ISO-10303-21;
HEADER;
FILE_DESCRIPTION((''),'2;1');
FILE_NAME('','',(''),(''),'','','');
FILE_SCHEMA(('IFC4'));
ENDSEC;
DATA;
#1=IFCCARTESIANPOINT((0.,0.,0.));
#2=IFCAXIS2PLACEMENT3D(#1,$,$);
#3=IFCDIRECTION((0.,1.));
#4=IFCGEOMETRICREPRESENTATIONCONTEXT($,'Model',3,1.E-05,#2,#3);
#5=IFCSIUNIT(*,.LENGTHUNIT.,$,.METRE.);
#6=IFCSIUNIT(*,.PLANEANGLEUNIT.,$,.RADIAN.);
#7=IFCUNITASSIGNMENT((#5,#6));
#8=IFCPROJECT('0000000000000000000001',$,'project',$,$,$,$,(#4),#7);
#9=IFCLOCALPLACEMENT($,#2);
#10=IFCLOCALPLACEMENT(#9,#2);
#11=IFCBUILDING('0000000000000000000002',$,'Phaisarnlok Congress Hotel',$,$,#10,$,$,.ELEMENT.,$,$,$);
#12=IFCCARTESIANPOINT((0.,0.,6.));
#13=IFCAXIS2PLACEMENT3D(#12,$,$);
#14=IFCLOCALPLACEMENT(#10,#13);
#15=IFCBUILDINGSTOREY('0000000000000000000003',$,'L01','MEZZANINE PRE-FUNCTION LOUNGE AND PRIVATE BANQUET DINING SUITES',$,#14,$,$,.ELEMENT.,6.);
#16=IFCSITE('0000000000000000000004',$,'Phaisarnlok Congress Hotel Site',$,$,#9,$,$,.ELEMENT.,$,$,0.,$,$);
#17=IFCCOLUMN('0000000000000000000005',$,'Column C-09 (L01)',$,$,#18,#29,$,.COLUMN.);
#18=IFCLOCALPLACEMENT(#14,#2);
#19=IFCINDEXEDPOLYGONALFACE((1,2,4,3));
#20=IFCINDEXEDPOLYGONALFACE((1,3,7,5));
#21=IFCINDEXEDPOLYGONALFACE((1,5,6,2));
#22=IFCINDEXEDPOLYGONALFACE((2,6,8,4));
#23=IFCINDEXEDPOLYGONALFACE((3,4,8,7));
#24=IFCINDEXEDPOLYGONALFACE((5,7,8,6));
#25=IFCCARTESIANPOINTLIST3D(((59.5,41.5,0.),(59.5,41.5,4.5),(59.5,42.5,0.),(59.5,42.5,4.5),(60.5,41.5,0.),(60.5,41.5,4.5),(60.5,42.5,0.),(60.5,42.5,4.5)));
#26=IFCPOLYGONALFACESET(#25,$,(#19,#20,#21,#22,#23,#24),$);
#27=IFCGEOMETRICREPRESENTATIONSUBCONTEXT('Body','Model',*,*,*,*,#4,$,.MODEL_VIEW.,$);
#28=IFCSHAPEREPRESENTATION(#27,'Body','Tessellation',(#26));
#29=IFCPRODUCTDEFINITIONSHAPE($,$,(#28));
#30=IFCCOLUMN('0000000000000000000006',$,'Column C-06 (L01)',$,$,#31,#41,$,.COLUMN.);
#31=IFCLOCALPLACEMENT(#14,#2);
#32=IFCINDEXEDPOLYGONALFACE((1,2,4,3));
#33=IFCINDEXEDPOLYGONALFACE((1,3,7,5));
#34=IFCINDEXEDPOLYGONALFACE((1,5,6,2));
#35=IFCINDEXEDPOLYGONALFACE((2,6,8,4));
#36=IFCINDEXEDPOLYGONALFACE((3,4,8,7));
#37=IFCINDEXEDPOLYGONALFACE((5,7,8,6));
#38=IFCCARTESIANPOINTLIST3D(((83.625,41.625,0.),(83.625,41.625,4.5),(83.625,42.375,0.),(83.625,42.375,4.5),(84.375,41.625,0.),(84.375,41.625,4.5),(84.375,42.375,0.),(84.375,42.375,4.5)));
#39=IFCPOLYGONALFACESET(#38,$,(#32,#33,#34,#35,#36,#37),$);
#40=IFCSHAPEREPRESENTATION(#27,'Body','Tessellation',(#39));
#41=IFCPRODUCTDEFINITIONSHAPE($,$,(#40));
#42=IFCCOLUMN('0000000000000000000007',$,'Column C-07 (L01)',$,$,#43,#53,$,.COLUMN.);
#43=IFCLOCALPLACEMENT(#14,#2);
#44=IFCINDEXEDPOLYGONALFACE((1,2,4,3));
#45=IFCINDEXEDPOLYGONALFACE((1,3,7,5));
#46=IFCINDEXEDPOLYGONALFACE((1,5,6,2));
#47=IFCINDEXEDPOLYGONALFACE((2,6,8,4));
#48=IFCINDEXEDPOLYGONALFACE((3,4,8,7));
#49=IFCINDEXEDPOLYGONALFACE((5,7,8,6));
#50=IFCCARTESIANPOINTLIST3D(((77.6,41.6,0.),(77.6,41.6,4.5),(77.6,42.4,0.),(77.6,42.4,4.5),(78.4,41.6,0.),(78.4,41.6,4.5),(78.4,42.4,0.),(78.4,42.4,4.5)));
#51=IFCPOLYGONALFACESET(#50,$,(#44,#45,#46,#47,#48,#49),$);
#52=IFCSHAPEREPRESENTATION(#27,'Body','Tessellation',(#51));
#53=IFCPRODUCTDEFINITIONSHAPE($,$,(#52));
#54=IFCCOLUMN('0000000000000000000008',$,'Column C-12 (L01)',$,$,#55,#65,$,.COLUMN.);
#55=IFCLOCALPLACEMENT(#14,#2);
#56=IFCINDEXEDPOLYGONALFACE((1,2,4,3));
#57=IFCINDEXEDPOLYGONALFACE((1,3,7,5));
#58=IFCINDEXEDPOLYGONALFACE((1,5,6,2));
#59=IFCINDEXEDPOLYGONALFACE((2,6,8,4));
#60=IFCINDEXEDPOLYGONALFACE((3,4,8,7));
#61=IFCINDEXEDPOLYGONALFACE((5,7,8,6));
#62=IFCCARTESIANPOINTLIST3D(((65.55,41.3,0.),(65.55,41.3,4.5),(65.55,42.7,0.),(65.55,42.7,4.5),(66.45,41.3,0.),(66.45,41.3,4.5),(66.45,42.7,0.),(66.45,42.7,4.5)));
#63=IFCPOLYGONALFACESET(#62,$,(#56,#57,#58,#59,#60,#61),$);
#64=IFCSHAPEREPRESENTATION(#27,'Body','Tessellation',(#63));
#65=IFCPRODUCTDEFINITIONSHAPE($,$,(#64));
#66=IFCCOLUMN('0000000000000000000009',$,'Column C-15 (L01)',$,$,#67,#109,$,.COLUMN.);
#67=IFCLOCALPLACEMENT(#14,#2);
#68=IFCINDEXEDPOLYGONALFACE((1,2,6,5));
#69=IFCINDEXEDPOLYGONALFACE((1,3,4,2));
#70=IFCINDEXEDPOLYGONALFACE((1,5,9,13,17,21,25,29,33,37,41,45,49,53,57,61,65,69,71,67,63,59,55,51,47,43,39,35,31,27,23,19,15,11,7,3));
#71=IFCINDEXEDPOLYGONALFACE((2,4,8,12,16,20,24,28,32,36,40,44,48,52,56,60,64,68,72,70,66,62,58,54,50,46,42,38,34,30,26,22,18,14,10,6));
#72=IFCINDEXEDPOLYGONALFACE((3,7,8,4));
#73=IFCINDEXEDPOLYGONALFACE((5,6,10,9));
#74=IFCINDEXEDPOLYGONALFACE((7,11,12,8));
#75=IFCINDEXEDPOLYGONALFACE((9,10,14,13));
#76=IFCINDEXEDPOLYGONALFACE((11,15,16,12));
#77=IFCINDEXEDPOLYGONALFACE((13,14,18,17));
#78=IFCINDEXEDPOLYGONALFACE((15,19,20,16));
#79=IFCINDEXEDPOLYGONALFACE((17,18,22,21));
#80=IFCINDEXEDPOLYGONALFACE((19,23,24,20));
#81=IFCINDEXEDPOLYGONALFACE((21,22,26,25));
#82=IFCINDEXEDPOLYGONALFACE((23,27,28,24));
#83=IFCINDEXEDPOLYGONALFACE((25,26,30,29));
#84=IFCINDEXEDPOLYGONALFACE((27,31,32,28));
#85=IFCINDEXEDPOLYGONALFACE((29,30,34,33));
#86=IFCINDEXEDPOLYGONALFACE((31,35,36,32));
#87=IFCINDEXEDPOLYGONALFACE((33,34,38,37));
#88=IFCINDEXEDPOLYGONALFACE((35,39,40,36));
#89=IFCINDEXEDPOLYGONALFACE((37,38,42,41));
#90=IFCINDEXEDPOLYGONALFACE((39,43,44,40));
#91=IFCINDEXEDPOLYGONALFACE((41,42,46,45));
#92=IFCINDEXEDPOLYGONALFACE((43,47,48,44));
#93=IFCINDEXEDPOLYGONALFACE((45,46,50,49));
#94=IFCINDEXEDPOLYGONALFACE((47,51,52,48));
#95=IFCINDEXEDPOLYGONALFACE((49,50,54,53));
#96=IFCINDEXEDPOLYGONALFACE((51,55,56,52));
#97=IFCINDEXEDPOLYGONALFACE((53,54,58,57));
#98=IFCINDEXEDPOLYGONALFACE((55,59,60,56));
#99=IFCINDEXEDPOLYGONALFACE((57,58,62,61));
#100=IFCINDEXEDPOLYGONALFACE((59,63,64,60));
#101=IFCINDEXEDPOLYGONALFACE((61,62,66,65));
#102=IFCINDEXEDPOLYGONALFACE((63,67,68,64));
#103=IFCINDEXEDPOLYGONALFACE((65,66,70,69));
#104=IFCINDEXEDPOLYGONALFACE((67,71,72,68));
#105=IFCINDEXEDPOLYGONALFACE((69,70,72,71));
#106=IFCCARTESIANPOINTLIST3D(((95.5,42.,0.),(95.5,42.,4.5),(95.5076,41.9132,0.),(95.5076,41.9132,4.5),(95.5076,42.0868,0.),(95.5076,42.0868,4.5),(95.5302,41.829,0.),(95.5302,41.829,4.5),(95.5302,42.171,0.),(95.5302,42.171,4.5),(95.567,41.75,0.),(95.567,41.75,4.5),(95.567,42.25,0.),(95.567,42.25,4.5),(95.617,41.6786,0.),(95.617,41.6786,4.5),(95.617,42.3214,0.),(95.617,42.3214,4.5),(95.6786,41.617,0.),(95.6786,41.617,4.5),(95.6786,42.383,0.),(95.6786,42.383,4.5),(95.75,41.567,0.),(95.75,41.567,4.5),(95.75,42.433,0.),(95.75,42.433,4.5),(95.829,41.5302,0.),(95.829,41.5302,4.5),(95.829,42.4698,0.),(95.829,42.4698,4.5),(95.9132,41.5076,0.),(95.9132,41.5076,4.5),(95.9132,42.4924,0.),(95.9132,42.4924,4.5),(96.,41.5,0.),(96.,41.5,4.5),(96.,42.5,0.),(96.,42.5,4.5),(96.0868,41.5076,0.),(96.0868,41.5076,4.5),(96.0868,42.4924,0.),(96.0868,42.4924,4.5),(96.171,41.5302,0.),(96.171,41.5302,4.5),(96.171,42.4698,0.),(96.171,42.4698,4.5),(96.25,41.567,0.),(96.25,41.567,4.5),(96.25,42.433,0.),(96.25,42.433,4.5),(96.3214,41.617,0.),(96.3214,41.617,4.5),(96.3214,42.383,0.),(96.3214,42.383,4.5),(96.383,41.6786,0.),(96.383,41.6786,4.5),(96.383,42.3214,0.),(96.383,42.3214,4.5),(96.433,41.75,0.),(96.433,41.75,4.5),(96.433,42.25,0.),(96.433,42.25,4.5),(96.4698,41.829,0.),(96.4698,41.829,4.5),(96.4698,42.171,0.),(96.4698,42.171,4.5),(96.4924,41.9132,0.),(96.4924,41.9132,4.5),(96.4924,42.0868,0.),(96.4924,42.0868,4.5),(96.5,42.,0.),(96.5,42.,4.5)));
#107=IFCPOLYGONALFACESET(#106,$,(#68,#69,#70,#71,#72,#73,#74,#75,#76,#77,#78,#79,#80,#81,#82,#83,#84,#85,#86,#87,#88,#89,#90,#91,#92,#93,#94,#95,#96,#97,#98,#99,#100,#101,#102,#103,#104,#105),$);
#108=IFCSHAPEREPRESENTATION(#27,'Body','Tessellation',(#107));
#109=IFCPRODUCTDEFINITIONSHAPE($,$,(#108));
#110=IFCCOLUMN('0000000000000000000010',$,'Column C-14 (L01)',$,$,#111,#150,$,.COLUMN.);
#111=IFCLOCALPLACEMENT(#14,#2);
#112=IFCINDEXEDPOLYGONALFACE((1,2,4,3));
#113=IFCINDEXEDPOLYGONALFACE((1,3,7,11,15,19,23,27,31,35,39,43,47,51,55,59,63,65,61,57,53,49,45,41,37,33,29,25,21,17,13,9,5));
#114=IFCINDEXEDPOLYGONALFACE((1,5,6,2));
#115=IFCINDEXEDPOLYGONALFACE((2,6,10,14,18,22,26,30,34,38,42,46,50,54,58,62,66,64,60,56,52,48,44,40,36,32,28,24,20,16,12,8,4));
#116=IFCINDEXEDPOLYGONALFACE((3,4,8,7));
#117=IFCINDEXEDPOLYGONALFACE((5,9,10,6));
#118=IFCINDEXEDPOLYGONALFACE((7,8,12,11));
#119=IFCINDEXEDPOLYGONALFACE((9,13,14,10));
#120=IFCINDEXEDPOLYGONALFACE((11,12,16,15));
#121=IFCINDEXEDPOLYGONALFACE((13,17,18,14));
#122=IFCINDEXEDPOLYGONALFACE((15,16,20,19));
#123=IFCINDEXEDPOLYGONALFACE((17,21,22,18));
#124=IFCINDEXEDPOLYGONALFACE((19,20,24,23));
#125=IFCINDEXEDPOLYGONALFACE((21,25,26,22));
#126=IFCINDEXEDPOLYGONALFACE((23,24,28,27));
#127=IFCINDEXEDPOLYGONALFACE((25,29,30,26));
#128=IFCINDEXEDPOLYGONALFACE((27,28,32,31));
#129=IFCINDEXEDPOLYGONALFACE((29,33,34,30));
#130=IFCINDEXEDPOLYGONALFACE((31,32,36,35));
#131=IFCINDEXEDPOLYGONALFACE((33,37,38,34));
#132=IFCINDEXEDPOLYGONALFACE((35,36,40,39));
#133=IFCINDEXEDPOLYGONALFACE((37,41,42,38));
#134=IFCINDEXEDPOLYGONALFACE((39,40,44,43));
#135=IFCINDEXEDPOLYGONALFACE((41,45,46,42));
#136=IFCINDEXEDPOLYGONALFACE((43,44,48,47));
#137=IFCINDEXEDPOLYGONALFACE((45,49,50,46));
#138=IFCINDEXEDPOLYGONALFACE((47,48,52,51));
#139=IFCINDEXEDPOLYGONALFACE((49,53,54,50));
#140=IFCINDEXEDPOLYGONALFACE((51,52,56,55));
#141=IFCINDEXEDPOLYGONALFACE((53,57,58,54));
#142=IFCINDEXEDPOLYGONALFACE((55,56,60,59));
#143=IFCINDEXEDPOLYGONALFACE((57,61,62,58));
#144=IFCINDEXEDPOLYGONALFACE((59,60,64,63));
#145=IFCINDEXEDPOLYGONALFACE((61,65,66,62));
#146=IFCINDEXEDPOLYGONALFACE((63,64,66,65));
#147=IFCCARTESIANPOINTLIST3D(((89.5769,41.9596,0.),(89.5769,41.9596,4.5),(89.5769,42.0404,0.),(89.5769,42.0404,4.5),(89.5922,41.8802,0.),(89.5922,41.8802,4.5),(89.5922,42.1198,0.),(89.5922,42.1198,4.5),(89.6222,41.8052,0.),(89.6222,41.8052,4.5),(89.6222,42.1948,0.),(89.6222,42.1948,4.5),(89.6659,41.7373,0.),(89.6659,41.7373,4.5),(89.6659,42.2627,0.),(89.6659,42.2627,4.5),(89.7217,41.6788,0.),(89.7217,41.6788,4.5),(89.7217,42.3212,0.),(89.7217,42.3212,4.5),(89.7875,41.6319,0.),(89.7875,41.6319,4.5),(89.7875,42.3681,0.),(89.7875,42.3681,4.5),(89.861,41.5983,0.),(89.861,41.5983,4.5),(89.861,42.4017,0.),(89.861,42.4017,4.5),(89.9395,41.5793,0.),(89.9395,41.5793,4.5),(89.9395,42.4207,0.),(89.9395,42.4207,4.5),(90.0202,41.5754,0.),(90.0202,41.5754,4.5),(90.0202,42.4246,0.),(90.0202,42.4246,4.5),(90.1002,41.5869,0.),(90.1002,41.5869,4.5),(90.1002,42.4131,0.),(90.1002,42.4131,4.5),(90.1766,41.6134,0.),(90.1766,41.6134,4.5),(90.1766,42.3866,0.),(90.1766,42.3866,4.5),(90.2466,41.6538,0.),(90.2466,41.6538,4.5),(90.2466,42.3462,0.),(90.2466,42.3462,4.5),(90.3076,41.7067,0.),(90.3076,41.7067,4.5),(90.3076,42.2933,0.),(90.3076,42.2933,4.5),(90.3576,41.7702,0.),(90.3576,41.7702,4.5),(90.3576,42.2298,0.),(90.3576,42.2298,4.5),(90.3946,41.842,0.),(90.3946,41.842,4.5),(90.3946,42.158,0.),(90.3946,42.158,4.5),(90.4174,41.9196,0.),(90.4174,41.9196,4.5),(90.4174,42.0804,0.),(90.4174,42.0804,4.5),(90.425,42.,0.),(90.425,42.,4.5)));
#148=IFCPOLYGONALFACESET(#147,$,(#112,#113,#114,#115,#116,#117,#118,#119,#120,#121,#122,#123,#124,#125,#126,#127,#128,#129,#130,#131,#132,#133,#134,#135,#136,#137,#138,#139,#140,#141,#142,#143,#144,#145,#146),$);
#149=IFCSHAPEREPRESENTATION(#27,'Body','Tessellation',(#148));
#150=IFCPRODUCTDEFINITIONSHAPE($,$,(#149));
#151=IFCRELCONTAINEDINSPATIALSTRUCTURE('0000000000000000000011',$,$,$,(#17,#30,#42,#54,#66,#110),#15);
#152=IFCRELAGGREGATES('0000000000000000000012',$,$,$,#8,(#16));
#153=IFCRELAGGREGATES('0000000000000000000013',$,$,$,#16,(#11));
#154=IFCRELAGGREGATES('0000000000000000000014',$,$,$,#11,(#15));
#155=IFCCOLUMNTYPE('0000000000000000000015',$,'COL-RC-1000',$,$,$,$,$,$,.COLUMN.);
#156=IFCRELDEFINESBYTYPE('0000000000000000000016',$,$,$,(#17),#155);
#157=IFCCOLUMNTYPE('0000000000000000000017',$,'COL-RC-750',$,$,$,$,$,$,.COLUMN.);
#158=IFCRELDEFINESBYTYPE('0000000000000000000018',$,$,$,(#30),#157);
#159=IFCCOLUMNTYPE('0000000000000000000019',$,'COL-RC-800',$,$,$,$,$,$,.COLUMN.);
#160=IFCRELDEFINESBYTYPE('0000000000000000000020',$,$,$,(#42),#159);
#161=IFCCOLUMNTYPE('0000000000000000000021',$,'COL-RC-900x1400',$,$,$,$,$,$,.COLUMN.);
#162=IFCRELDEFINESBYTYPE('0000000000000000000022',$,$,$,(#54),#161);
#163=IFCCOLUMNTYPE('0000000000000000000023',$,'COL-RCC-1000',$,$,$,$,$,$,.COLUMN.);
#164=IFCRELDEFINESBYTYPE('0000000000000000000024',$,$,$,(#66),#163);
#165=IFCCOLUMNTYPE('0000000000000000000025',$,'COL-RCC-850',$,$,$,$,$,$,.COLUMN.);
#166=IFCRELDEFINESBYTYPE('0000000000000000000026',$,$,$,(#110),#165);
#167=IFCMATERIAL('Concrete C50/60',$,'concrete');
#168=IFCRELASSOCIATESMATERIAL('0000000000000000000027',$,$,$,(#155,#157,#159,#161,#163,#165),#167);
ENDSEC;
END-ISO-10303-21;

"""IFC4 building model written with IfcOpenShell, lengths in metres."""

from ifc_helpers import new_model, si_unit, direction, frame, origin, origin_2d, place, context, subcontext, project, spatial, rectangle, circle, extrude, material, material_profile, profile_set, type_object, element, save


model = new_model("IFC4")

# Units and contexts
model_context = context("Model", 3, precision=1e-05, world=origin(), true_north=direction((0.0, 1.0)))
body_context = subcontext(model_context, "Body", "Model", "MODEL_VIEW")
ifc_project = project(units=[si_unit("LENGTHUNIT", "METRE"), si_unit("PLANEANGLEUNIT", "RADIAN")], contexts=[model_context])

# Site, building, storey
site_placement = place(None, origin())
site = spatial("IfcSite", under=ifc_project, at=site_placement, Name="Phaisarnlok Congress Hotel Site", CompositionType="ELEMENT", RefElevation=0.0)
building_placement = place(site_placement, origin())
building = spatial("IfcBuilding", under=site, at=building_placement, Name="Phaisarnlok Congress Hotel", CompositionType="ELEMENT")
storey_placement = place(building_placement, frame((0.0, 0.0, 6.0)))
storey = spatial("IfcBuildingStorey", under=building, at=storey_placement, Name="L01", Description="MEZZANINE PRE-FUNCTION LOUNGE AND PRIVATE BANQUET DINING SUITES", CompositionType="ELEMENT", Elevation=6.0)

# Columns
ifc_material_1 = material(Name="Concrete C50/60", Category="concrete")
ifc_material_profile_1 = material_profile(ifc_material_1, rectangle(XDim=1.0, YDim=1.0, at=origin_2d()), Name="RC 1000x1000")
ifc_profile_set_1 = profile_set([ifc_material_profile_1], Name="Concrete C50/60")
column_type_1 = type_object("IfcColumnType", Name="COL-RC-1000", PredefinedType="COLUMN", material=ifc_profile_set_1)
column_1_placement = place(storey_placement, frame((60.0, 42.0, 0.0), z_axis=(0.0, 0.0, 1.0), x_axis=(1.0, 0.0, 0.0)))
element("IfcColumn", 1, at=column_1_placement, inside=storey, type_object=column_type_1, Name="Column C-09 (L01)", PredefinedType="COLUMN", context=body_context, shape_type="SweptSolid", body=[
    extrude(rectangle(XDim=1.0, YDim=1.0, at=origin_2d()), origin(), (0.0, 0.0, 1.0), 4.5),
])
ifc_material_profile_2 = material_profile(ifc_material_1, rectangle(XDim=0.75, YDim=0.75, at=origin_2d()), Name="RC 750x750")
ifc_profile_set_2 = profile_set([ifc_material_profile_2], Name="Concrete C50/60")
column_type_2 = type_object("IfcColumnType", Name="COL-RC-750", PredefinedType="COLUMN", material=ifc_profile_set_2)
column_2_placement = place(storey_placement, frame((84.0, 42.0, 0.0), z_axis=(0.0, 0.0, 1.0), x_axis=(1.0, 0.0, 0.0)))
element("IfcColumn", 2, at=column_2_placement, inside=storey, type_object=column_type_2, Name="Column C-06 (L01)", PredefinedType="COLUMN", context=body_context, shape_type="SweptSolid", body=[
    extrude(rectangle(XDim=0.75, YDim=0.75, at=origin_2d()), origin(), (0.0, 0.0, 1.0), 4.5),
])
ifc_material_profile_3 = material_profile(ifc_material_1, rectangle(XDim=0.8, YDim=0.8, at=origin_2d()), Name="RC 800x800")
ifc_profile_set_3 = profile_set([ifc_material_profile_3], Name="Concrete C50/60")
column_type_3 = type_object("IfcColumnType", Name="COL-RC-800", PredefinedType="COLUMN", material=ifc_profile_set_3)
column_3_placement = place(storey_placement, frame((78.0, 42.0, 0.0), z_axis=(0.0, 0.0, 1.0), x_axis=(1.0, 0.0, 0.0)))
element("IfcColumn", 3, at=column_3_placement, inside=storey, type_object=column_type_3, Name="Column C-07 (L01)", PredefinedType="COLUMN", context=body_context, shape_type="SweptSolid", body=[
    extrude(rectangle(XDim=0.8, YDim=0.8, at=origin_2d()), origin(), (0.0, 0.0, 1.0), 4.5),
])
ifc_material_profile_4 = material_profile(ifc_material_1, rectangle(XDim=0.8999, YDim=1.3999, at=origin_2d()), Name="RC 900x1400")
ifc_profile_set_4 = profile_set([ifc_material_profile_4], Name="Concrete C50/60")
column_type_4 = type_object("IfcColumnType", Name="COL-RC-900x1400", PredefinedType="COLUMN", material=ifc_profile_set_4)
column_4_placement = place(storey_placement, frame((66.0, 42.0, 0.0), z_axis=(0.0, 0.0, 1.0), x_axis=(1.0, 0.0, 0.0)))
element("IfcColumn", 4, at=column_4_placement, inside=storey, type_object=column_type_4, Name="Column C-12 (L01)", PredefinedType="COLUMN", context=body_context, shape_type="SweptSolid", body=[
    extrude(rectangle(XDim=0.8999, YDim=1.3999, at=origin_2d()), origin(), (0.0, 0.0, 1.0), 4.5),
])
ifc_material_profile_5 = material_profile(ifc_material_1, circle(Radius=0.5, at=origin_2d()), Name="RCC D1000")
ifc_profile_set_5 = profile_set([ifc_material_profile_5], Name="Concrete C50/60")
column_type_5 = type_object("IfcColumnType", Name="COL-RCC-1000", PredefinedType="COLUMN", material=ifc_profile_set_5)
column_5_placement = place(storey_placement, frame((96.0, 42.0, 0.0), z_axis=(0.0, 0.0, 1.0), x_axis=(1.0, 0.0, 0.0)))
element("IfcColumn", 5, at=column_5_placement, inside=storey, type_object=column_type_5, Name="Column C-15 (L01)", PredefinedType="COLUMN", context=body_context, shape_type="SweptSolid", body=[
    extrude(circle(Radius=0.5, at=origin_2d()), origin(), (0.0, 0.0, 1.0), 4.5),
])
ifc_material_profile_6 = material_profile(ifc_material_1, circle(Radius=0.425, at=origin_2d()), Name="RCC D850")
ifc_profile_set_6 = profile_set([ifc_material_profile_6], Name="Concrete C50/60")
column_type_6 = type_object("IfcColumnType", Name="COL-RCC-850", PredefinedType="COLUMN", material=ifc_profile_set_6)
column_6_placement = place(storey_placement, frame((90.0, 42.0, 0.0), z_axis=(0.0, 0.0, 1.0), x_axis=(1.0, 0.0, 0.0)))
element("IfcColumn", 6, at=column_6_placement, inside=storey, type_object=column_type_6, Name="Column C-14 (L01)", PredefinedType="COLUMN", context=body_context, shape_type="SweptSolid", body=[
    extrude(circle(Radius=0.425, at=origin_2d()), origin(), (0.0, 0.0, 1.0), 4.5),
])

save(model, "model.ifc")
